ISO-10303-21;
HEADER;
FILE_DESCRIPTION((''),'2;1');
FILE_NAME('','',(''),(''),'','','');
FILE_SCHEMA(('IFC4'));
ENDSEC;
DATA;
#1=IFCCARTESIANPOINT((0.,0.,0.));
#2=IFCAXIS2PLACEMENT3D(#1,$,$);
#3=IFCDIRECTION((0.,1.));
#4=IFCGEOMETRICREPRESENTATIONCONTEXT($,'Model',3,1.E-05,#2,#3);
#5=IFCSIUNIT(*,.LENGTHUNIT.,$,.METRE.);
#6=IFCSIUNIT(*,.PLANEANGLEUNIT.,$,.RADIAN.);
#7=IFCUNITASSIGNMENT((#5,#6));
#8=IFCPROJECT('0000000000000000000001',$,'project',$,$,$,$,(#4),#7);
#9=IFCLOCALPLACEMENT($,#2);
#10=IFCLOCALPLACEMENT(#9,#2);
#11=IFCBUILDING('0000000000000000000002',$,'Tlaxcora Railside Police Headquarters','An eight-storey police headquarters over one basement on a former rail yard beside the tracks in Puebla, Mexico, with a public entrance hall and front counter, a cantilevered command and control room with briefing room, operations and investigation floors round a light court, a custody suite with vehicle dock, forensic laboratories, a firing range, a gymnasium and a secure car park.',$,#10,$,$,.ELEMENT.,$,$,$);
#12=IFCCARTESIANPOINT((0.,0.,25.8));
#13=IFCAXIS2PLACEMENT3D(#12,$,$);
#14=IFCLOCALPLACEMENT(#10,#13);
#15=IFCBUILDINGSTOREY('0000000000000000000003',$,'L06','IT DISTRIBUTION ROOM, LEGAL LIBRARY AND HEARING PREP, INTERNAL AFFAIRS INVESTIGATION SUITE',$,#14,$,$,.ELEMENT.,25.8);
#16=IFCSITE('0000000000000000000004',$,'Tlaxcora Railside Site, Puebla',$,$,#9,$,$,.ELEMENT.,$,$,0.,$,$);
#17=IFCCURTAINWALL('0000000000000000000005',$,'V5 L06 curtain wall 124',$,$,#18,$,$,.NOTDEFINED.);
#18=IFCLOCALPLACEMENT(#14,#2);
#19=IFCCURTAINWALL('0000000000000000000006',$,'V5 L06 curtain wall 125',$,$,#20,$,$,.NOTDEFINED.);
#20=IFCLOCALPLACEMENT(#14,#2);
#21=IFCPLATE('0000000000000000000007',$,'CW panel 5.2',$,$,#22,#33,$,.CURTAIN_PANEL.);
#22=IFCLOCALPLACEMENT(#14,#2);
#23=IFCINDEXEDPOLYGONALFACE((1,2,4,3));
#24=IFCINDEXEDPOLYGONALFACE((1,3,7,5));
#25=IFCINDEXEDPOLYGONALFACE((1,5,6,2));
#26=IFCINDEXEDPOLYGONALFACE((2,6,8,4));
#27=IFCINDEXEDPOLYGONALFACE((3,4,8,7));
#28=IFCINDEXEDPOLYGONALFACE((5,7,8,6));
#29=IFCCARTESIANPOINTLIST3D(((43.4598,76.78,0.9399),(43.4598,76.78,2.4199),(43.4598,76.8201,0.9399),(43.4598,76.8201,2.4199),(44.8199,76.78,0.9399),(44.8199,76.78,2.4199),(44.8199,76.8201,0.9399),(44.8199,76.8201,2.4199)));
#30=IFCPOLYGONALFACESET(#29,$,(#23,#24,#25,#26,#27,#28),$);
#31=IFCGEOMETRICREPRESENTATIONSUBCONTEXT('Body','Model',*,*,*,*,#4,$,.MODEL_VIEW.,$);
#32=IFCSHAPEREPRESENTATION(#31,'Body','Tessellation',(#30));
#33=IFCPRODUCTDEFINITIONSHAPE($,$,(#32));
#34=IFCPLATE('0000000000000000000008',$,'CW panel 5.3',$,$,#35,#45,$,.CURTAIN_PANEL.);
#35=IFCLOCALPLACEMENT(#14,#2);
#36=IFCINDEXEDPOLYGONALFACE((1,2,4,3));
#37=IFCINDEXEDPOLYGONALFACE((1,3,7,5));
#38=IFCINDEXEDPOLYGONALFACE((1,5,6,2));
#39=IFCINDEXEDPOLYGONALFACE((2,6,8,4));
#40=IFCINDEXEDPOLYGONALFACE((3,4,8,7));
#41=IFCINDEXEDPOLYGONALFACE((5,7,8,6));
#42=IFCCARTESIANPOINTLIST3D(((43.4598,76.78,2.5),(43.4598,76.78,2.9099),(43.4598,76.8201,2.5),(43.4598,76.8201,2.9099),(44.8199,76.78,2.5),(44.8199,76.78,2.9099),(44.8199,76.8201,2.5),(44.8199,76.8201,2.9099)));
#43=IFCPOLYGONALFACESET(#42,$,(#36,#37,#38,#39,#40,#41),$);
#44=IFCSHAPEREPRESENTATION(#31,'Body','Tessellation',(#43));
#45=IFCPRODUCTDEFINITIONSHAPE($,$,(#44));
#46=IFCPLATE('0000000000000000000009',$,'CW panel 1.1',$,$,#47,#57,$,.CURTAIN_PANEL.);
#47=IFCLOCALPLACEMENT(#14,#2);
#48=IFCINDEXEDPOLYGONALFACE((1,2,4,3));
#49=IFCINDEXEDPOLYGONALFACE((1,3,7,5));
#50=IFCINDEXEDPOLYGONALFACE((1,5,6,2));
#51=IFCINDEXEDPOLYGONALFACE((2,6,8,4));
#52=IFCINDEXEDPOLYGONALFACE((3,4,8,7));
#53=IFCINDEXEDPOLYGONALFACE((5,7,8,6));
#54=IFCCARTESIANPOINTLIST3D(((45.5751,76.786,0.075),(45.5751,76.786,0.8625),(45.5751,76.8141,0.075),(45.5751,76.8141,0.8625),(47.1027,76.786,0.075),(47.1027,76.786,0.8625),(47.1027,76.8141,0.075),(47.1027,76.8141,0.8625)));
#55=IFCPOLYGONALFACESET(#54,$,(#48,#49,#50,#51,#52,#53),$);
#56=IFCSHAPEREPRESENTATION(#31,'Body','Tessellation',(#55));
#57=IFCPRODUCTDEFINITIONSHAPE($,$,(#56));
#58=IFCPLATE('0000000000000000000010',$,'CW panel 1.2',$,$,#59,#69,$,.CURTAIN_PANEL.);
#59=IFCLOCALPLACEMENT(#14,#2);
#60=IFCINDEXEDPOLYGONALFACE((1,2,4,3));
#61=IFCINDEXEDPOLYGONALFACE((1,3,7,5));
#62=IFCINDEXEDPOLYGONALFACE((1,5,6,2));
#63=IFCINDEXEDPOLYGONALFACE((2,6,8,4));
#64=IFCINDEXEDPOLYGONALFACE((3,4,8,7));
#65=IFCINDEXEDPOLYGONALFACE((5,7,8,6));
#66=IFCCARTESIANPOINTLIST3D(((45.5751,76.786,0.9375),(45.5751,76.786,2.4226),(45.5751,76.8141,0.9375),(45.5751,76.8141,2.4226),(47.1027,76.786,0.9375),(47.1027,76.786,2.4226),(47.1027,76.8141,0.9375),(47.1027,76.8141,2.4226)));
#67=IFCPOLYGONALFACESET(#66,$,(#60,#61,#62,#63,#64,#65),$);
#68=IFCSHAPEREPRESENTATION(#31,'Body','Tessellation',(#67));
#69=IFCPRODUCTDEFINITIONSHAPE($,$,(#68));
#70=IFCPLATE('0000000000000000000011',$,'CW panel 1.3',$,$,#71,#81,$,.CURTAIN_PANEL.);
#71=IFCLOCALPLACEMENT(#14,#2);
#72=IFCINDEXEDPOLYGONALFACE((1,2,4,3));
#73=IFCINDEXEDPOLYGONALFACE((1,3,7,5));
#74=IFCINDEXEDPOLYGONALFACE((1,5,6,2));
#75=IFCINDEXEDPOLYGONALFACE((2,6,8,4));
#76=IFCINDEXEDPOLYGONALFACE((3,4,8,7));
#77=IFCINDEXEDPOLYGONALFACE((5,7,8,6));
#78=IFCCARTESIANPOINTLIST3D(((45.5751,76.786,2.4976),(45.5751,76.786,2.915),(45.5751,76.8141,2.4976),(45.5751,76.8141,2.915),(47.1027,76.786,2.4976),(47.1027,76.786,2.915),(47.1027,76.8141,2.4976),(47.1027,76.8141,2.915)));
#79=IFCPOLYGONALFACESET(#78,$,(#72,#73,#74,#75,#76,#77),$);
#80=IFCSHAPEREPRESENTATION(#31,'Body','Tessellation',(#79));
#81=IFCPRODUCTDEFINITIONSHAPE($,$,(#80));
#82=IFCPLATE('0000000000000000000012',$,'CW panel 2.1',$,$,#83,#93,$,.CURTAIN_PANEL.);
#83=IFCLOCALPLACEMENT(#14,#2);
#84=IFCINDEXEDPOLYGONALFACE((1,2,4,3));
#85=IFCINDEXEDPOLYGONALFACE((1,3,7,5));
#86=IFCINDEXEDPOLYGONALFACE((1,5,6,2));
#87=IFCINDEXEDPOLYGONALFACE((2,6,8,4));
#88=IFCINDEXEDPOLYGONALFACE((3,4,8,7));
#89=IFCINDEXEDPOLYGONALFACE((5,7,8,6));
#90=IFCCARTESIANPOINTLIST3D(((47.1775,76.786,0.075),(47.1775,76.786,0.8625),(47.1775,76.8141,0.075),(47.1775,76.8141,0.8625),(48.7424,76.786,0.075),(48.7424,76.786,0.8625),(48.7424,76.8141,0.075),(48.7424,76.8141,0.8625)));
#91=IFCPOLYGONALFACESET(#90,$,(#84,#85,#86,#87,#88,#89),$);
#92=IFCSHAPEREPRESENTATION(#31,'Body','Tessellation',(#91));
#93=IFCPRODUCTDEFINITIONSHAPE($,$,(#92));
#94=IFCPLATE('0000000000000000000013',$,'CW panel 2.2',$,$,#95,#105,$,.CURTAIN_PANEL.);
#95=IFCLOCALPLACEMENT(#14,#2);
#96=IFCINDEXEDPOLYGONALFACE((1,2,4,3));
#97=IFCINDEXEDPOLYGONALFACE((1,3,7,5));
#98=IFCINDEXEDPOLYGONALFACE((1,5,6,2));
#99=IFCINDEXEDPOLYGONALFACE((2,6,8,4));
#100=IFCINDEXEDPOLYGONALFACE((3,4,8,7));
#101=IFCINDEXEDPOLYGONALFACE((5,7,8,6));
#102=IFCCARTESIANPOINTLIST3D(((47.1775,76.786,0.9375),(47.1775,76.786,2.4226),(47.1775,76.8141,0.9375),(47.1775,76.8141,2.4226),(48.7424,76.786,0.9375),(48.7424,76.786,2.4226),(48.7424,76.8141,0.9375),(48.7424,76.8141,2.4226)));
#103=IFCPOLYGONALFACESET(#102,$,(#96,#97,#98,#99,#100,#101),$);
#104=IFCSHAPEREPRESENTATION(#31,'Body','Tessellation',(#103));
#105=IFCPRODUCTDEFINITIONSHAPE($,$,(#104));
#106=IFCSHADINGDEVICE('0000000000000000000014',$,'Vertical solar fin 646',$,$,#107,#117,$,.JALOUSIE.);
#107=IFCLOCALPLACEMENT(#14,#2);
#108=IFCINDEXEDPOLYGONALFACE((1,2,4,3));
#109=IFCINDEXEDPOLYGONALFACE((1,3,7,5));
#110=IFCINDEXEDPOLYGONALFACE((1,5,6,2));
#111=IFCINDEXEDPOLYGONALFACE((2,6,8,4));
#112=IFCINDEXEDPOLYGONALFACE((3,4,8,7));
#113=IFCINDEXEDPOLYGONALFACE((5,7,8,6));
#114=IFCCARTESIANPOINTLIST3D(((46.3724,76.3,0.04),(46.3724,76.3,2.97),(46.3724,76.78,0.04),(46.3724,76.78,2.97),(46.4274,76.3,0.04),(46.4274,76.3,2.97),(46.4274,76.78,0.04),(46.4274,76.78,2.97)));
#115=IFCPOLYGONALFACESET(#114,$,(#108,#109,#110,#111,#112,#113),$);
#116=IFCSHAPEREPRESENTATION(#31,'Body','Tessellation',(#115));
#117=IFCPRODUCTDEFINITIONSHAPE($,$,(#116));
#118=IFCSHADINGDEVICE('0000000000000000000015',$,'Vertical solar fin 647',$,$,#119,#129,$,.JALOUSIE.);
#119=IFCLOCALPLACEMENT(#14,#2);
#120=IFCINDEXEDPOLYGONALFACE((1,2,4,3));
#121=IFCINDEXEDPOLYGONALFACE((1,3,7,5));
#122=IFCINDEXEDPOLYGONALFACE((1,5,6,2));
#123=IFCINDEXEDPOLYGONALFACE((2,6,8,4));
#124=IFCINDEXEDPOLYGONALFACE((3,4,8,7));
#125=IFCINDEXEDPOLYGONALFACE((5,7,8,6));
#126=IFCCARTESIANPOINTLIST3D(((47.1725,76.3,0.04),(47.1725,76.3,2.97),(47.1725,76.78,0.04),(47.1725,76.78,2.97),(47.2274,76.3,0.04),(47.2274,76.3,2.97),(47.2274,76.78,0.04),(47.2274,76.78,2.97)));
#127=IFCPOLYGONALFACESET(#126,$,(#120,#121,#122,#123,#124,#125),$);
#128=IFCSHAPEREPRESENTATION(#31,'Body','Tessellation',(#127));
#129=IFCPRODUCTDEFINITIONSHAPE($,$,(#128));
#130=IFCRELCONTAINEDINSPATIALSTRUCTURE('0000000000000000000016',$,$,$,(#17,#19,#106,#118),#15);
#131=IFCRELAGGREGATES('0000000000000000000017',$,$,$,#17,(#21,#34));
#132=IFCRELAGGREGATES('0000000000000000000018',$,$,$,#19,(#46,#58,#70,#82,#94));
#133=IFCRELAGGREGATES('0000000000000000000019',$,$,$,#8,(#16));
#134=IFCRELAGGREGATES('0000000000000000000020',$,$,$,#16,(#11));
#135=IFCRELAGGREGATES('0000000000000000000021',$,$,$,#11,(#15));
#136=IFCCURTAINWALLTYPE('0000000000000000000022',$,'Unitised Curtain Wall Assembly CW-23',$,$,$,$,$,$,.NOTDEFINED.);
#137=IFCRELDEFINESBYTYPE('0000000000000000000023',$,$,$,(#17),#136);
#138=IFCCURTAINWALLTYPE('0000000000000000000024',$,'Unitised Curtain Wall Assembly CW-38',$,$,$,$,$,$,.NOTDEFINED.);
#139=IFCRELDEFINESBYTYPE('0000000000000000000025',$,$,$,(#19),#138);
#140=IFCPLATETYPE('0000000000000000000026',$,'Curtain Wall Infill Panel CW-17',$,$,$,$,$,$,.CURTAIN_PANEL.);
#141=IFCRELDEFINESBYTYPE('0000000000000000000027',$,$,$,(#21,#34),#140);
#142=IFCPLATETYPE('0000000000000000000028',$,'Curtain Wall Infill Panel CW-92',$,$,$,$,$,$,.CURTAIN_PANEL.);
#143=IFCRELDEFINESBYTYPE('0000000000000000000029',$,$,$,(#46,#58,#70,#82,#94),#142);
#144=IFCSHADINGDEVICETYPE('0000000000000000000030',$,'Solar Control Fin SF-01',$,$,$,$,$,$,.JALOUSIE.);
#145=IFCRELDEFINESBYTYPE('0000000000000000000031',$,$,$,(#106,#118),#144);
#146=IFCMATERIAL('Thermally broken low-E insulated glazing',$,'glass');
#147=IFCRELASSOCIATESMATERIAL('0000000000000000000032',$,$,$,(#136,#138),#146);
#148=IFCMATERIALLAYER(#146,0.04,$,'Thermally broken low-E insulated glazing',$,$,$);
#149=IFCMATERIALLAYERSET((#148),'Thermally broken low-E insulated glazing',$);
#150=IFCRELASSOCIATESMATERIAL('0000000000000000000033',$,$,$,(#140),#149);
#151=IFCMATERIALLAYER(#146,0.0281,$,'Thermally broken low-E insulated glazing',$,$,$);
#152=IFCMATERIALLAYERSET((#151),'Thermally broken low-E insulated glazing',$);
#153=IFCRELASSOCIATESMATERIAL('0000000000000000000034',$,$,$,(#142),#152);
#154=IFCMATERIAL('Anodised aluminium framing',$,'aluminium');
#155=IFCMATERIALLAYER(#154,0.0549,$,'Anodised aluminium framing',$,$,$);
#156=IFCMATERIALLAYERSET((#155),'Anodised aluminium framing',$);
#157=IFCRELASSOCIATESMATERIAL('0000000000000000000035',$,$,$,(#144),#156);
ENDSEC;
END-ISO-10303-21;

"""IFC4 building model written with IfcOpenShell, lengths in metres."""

from ifc_helpers import new_model, si_unit, direction, frame, origin, origin_2d, place, context, subcontext, project, spatial, rectangle, extrude, material, layer, layer_set, type_object, element, aggregate, save


model = new_model("IFC4")

# Units and contexts
model_context = context("Model", 3, precision=1e-05, world=origin(), true_north=direction((0.0, 1.0)))
body_context = subcontext(model_context, "Body", "Model", "MODEL_VIEW")
ifc_project = project(units=[si_unit("LENGTHUNIT", "METRE"), si_unit("PLANEANGLEUNIT", "RADIAN")], contexts=[model_context])

# Site, building, storey
site_placement = place(None, origin())
site = spatial("IfcSite", under=ifc_project, at=site_placement, Name="Tlaxcora Railside Site, Puebla", CompositionType="ELEMENT", RefElevation=0.0)
building_placement = place(site_placement, origin())
building = spatial("IfcBuilding", under=site, at=building_placement, Name="Tlaxcora Railside Police Headquarters", Description="An eight-storey police headquarters over one basement on a former rail yard beside the tracks in Puebla, Mexico, with a public entrance hall and front counter, a cantilevered command and control room with briefing room, operations and investigation floors round a light court, a custody suite with vehicle dock, forensic laboratories, a firing range, a gymnasium and a secure car park.", CompositionType="ELEMENT")
storey_placement = place(building_placement, frame((0.0, 0.0, 25.8)))
storey = spatial("IfcBuildingStorey", under=building, at=storey_placement, Name="L06", Description="IT DISTRIBUTION ROOM, LEGAL LIBRARY AND HEARING PREP, INTERNAL AFFAIRS INVESTIGATION SUITE", CompositionType="ELEMENT", Elevation=25.8)

# Curtain wall
ifc_material_1 = material(Name="Thermally broken low-E insulated glazing", Category="glass")
curtain_wall_type_1 = type_object("IfcCurtainWallType", Name="Unitised Curtain Wall Assembly CW-23", PredefinedType="NOTDEFINED", material=ifc_material_1)
curtain_wall_1_placement = place(storey_placement, origin())
curtain_wall_1 = element("IfcCurtainWall", 1, at=curtain_wall_1_placement, inside=storey, type_object=curtain_wall_type_1, Name="V5 L06 curtain wall 124", PredefinedType="NOTDEFINED")
ifc_material_2 = material(Name="Anodised aluminium framing", Category="aluminium")

# Curtain wall
curtain_wall_type_2 = type_object("IfcCurtainWallType", Name="Unitised Curtain Wall Assembly CW-38", PredefinedType="NOTDEFINED", material=ifc_material_1)
curtain_wall_2_placement = place(storey_placement, origin())
curtain_wall_2 = element("IfcCurtainWall", 2, at=curtain_wall_2_placement, inside=storey, type_object=curtain_wall_type_2, Name="V5 L06 curtain wall 125", PredefinedType="NOTDEFINED")

# Plates
ifc_layer_1 = layer(ifc_material_1, 0.04, Name="Thermally broken low-E insulated glazing")
ifc_layer_set_1 = layer_set([ifc_layer_1], Name="Thermally broken low-E insulated glazing")
plate_type_1 = type_object("IfcPlateType", Name="Curtain Wall Infill Panel CW-17", PredefinedType="CURTAIN_PANEL", material=ifc_layer_set_1)
plate_1_placement = place(storey_placement, frame((44.1399, 76.8, 0.9399), z_axis=(0.0, 0.0, 1.0), x_axis=(1.0, 0.0, 0.0)))
plate_1 = element("IfcPlate", 3, at=plate_1_placement, type_object=plate_type_1, Name="CW panel 5.2", PredefinedType="CURTAIN_PANEL", context=body_context, shape_type="SweptSolid", body=[
    extrude(rectangle(XDim=1.3601, YDim=0.04, at=origin_2d()), origin(), (0.0, 0.0, 1.0), 1.48),
])
plate_2_placement = place(storey_placement, frame((44.1399, 76.8, 2.5), z_axis=(0.0, 0.0, 1.0), x_axis=(1.0, 0.0, 0.0)))
plate_2 = element("IfcPlate", 4, at=plate_2_placement, type_object=plate_type_1, Name="CW panel 5.3", PredefinedType="CURTAIN_PANEL", context=body_context, shape_type="SweptSolid", body=[
    extrude(rectangle(XDim=1.3601, YDim=0.04, at=origin_2d()), origin(), (0.0, 0.0, 1.0), 0.4099),
])
aggregate(curtain_wall_1, [plate_1, plate_2])
ifc_layer_2 = layer(ifc_material_1, 0.0281, Name="Thermally broken low-E insulated glazing")
ifc_layer_set_2 = layer_set([ifc_layer_2], Name="Thermally broken low-E insulated glazing")
plate_type_2 = type_object("IfcPlateType", Name="Curtain Wall Infill Panel CW-92", PredefinedType="CURTAIN_PANEL", material=ifc_layer_set_2)
plate_3_placement = place(storey_placement, frame((46.3389, 76.8, 0.075), z_axis=(0.0, 0.0, 1.0), x_axis=(1.0, 0.0, 0.0)))
plate_3 = element("IfcPlate", 5, at=plate_3_placement, type_object=plate_type_2, Name="CW panel 1.1", PredefinedType="CURTAIN_PANEL", context=body_context, shape_type="SweptSolid", body=[
    extrude(rectangle(XDim=1.5276, YDim=0.0281, at=origin_2d()), origin(), (0.0, 0.0, 1.0), 0.7876),
])
plate_4_placement = place(storey_placement, frame((46.3389, 76.8, 0.9375), z_axis=(0.0, 0.0, 1.0), x_axis=(1.0, 0.0, 0.0)))
plate_4 = element("IfcPlate", 6, at=plate_4_placement, type_object=plate_type_2, Name="CW panel 1.2", PredefinedType="CURTAIN_PANEL", context=body_context, shape_type="SweptSolid", body=[
    extrude(rectangle(XDim=1.5276, YDim=0.0281, at=origin_2d()), origin(), (0.0, 0.0, 1.0), 1.4851),
])
plate_5_placement = place(storey_placement, frame((46.3389, 76.8, 2.4976), z_axis=(0.0, 0.0, 1.0), x_axis=(1.0, 0.0, 0.0)))
plate_5 = element("IfcPlate", 7, at=plate_5_placement, type_object=plate_type_2, Name="CW panel 1.3", PredefinedType="CURTAIN_PANEL", context=body_context, shape_type="SweptSolid", body=[
    extrude(rectangle(XDim=1.5276, YDim=0.0281, at=origin_2d()), origin(), (0.0, 0.0, 1.0), 0.4175),
])
plate_6_placement = place(storey_placement, frame((47.96, 76.8, 0.075), z_axis=(0.0, 0.0, 1.0), x_axis=(1.0, 0.0, 0.0)))
plate_6 = element("IfcPlate", 8, at=plate_6_placement, type_object=plate_type_2, Name="CW panel 2.1", PredefinedType="CURTAIN_PANEL", context=body_context, shape_type="SweptSolid", body=[
    extrude(rectangle(XDim=1.5649, YDim=0.0281, at=origin_2d()), origin(), (0.0, 0.0, 1.0), 0.7876),
])
plate_7_placement = place(storey_placement, frame((47.96, 76.8, 0.9375), z_axis=(0.0, 0.0, 1.0), x_axis=(1.0, 0.0, 0.0)))
plate_7 = element("IfcPlate", 9, at=plate_7_placement, type_object=plate_type_2, Name="CW panel 2.2", PredefinedType="CURTAIN_PANEL", context=body_context, shape_type="SweptSolid", body=[
    extrude(rectangle(XDim=1.5649, YDim=0.0281, at=origin_2d()), origin(), (0.0, 0.0, 1.0), 1.4851),
])
aggregate(curtain_wall_2, [plate_3, plate_4, plate_5, plate_6, plate_7])

# Shading devices
ifc_layer_3 = layer(ifc_material_2, 0.0549, Name="Anodised aluminium framing")
ifc_layer_set_3 = layer_set([ifc_layer_3], Name="Anodised aluminium framing")
shading_device_type = type_object("IfcShadingDeviceType", Name="Solar Control Fin SF-01", PredefinedType="JALOUSIE", material=ifc_layer_set_3)
for number, where, z_axis, x_axis, name in (
    (10, (46.3999, 76.54, 0.04), (0.0, 0.0, 1.0), (0.0, -1.0, 0.0), "Vertical solar fin 646"),
    (11, (47.2, 76.54, 0.04), (0.0, 0.0, 1.0), (0.0, -1.0, 0.0), "Vertical solar fin 647"),
):
    element("IfcShadingDevice", number, at=place(storey_placement, frame(where, z_axis=z_axis, x_axis=x_axis)), inside=storey, type_object=shading_device_type, Name=name, PredefinedType="JALOUSIE", context=body_context, shape_type="SweptSolid", body=[
        extrude(rectangle(XDim=0.48, YDim=0.0549, at=origin_2d()), origin(), (0.0, 0.0, 1.0), 2.9299),
    ])

save(model, "model.ifc")
